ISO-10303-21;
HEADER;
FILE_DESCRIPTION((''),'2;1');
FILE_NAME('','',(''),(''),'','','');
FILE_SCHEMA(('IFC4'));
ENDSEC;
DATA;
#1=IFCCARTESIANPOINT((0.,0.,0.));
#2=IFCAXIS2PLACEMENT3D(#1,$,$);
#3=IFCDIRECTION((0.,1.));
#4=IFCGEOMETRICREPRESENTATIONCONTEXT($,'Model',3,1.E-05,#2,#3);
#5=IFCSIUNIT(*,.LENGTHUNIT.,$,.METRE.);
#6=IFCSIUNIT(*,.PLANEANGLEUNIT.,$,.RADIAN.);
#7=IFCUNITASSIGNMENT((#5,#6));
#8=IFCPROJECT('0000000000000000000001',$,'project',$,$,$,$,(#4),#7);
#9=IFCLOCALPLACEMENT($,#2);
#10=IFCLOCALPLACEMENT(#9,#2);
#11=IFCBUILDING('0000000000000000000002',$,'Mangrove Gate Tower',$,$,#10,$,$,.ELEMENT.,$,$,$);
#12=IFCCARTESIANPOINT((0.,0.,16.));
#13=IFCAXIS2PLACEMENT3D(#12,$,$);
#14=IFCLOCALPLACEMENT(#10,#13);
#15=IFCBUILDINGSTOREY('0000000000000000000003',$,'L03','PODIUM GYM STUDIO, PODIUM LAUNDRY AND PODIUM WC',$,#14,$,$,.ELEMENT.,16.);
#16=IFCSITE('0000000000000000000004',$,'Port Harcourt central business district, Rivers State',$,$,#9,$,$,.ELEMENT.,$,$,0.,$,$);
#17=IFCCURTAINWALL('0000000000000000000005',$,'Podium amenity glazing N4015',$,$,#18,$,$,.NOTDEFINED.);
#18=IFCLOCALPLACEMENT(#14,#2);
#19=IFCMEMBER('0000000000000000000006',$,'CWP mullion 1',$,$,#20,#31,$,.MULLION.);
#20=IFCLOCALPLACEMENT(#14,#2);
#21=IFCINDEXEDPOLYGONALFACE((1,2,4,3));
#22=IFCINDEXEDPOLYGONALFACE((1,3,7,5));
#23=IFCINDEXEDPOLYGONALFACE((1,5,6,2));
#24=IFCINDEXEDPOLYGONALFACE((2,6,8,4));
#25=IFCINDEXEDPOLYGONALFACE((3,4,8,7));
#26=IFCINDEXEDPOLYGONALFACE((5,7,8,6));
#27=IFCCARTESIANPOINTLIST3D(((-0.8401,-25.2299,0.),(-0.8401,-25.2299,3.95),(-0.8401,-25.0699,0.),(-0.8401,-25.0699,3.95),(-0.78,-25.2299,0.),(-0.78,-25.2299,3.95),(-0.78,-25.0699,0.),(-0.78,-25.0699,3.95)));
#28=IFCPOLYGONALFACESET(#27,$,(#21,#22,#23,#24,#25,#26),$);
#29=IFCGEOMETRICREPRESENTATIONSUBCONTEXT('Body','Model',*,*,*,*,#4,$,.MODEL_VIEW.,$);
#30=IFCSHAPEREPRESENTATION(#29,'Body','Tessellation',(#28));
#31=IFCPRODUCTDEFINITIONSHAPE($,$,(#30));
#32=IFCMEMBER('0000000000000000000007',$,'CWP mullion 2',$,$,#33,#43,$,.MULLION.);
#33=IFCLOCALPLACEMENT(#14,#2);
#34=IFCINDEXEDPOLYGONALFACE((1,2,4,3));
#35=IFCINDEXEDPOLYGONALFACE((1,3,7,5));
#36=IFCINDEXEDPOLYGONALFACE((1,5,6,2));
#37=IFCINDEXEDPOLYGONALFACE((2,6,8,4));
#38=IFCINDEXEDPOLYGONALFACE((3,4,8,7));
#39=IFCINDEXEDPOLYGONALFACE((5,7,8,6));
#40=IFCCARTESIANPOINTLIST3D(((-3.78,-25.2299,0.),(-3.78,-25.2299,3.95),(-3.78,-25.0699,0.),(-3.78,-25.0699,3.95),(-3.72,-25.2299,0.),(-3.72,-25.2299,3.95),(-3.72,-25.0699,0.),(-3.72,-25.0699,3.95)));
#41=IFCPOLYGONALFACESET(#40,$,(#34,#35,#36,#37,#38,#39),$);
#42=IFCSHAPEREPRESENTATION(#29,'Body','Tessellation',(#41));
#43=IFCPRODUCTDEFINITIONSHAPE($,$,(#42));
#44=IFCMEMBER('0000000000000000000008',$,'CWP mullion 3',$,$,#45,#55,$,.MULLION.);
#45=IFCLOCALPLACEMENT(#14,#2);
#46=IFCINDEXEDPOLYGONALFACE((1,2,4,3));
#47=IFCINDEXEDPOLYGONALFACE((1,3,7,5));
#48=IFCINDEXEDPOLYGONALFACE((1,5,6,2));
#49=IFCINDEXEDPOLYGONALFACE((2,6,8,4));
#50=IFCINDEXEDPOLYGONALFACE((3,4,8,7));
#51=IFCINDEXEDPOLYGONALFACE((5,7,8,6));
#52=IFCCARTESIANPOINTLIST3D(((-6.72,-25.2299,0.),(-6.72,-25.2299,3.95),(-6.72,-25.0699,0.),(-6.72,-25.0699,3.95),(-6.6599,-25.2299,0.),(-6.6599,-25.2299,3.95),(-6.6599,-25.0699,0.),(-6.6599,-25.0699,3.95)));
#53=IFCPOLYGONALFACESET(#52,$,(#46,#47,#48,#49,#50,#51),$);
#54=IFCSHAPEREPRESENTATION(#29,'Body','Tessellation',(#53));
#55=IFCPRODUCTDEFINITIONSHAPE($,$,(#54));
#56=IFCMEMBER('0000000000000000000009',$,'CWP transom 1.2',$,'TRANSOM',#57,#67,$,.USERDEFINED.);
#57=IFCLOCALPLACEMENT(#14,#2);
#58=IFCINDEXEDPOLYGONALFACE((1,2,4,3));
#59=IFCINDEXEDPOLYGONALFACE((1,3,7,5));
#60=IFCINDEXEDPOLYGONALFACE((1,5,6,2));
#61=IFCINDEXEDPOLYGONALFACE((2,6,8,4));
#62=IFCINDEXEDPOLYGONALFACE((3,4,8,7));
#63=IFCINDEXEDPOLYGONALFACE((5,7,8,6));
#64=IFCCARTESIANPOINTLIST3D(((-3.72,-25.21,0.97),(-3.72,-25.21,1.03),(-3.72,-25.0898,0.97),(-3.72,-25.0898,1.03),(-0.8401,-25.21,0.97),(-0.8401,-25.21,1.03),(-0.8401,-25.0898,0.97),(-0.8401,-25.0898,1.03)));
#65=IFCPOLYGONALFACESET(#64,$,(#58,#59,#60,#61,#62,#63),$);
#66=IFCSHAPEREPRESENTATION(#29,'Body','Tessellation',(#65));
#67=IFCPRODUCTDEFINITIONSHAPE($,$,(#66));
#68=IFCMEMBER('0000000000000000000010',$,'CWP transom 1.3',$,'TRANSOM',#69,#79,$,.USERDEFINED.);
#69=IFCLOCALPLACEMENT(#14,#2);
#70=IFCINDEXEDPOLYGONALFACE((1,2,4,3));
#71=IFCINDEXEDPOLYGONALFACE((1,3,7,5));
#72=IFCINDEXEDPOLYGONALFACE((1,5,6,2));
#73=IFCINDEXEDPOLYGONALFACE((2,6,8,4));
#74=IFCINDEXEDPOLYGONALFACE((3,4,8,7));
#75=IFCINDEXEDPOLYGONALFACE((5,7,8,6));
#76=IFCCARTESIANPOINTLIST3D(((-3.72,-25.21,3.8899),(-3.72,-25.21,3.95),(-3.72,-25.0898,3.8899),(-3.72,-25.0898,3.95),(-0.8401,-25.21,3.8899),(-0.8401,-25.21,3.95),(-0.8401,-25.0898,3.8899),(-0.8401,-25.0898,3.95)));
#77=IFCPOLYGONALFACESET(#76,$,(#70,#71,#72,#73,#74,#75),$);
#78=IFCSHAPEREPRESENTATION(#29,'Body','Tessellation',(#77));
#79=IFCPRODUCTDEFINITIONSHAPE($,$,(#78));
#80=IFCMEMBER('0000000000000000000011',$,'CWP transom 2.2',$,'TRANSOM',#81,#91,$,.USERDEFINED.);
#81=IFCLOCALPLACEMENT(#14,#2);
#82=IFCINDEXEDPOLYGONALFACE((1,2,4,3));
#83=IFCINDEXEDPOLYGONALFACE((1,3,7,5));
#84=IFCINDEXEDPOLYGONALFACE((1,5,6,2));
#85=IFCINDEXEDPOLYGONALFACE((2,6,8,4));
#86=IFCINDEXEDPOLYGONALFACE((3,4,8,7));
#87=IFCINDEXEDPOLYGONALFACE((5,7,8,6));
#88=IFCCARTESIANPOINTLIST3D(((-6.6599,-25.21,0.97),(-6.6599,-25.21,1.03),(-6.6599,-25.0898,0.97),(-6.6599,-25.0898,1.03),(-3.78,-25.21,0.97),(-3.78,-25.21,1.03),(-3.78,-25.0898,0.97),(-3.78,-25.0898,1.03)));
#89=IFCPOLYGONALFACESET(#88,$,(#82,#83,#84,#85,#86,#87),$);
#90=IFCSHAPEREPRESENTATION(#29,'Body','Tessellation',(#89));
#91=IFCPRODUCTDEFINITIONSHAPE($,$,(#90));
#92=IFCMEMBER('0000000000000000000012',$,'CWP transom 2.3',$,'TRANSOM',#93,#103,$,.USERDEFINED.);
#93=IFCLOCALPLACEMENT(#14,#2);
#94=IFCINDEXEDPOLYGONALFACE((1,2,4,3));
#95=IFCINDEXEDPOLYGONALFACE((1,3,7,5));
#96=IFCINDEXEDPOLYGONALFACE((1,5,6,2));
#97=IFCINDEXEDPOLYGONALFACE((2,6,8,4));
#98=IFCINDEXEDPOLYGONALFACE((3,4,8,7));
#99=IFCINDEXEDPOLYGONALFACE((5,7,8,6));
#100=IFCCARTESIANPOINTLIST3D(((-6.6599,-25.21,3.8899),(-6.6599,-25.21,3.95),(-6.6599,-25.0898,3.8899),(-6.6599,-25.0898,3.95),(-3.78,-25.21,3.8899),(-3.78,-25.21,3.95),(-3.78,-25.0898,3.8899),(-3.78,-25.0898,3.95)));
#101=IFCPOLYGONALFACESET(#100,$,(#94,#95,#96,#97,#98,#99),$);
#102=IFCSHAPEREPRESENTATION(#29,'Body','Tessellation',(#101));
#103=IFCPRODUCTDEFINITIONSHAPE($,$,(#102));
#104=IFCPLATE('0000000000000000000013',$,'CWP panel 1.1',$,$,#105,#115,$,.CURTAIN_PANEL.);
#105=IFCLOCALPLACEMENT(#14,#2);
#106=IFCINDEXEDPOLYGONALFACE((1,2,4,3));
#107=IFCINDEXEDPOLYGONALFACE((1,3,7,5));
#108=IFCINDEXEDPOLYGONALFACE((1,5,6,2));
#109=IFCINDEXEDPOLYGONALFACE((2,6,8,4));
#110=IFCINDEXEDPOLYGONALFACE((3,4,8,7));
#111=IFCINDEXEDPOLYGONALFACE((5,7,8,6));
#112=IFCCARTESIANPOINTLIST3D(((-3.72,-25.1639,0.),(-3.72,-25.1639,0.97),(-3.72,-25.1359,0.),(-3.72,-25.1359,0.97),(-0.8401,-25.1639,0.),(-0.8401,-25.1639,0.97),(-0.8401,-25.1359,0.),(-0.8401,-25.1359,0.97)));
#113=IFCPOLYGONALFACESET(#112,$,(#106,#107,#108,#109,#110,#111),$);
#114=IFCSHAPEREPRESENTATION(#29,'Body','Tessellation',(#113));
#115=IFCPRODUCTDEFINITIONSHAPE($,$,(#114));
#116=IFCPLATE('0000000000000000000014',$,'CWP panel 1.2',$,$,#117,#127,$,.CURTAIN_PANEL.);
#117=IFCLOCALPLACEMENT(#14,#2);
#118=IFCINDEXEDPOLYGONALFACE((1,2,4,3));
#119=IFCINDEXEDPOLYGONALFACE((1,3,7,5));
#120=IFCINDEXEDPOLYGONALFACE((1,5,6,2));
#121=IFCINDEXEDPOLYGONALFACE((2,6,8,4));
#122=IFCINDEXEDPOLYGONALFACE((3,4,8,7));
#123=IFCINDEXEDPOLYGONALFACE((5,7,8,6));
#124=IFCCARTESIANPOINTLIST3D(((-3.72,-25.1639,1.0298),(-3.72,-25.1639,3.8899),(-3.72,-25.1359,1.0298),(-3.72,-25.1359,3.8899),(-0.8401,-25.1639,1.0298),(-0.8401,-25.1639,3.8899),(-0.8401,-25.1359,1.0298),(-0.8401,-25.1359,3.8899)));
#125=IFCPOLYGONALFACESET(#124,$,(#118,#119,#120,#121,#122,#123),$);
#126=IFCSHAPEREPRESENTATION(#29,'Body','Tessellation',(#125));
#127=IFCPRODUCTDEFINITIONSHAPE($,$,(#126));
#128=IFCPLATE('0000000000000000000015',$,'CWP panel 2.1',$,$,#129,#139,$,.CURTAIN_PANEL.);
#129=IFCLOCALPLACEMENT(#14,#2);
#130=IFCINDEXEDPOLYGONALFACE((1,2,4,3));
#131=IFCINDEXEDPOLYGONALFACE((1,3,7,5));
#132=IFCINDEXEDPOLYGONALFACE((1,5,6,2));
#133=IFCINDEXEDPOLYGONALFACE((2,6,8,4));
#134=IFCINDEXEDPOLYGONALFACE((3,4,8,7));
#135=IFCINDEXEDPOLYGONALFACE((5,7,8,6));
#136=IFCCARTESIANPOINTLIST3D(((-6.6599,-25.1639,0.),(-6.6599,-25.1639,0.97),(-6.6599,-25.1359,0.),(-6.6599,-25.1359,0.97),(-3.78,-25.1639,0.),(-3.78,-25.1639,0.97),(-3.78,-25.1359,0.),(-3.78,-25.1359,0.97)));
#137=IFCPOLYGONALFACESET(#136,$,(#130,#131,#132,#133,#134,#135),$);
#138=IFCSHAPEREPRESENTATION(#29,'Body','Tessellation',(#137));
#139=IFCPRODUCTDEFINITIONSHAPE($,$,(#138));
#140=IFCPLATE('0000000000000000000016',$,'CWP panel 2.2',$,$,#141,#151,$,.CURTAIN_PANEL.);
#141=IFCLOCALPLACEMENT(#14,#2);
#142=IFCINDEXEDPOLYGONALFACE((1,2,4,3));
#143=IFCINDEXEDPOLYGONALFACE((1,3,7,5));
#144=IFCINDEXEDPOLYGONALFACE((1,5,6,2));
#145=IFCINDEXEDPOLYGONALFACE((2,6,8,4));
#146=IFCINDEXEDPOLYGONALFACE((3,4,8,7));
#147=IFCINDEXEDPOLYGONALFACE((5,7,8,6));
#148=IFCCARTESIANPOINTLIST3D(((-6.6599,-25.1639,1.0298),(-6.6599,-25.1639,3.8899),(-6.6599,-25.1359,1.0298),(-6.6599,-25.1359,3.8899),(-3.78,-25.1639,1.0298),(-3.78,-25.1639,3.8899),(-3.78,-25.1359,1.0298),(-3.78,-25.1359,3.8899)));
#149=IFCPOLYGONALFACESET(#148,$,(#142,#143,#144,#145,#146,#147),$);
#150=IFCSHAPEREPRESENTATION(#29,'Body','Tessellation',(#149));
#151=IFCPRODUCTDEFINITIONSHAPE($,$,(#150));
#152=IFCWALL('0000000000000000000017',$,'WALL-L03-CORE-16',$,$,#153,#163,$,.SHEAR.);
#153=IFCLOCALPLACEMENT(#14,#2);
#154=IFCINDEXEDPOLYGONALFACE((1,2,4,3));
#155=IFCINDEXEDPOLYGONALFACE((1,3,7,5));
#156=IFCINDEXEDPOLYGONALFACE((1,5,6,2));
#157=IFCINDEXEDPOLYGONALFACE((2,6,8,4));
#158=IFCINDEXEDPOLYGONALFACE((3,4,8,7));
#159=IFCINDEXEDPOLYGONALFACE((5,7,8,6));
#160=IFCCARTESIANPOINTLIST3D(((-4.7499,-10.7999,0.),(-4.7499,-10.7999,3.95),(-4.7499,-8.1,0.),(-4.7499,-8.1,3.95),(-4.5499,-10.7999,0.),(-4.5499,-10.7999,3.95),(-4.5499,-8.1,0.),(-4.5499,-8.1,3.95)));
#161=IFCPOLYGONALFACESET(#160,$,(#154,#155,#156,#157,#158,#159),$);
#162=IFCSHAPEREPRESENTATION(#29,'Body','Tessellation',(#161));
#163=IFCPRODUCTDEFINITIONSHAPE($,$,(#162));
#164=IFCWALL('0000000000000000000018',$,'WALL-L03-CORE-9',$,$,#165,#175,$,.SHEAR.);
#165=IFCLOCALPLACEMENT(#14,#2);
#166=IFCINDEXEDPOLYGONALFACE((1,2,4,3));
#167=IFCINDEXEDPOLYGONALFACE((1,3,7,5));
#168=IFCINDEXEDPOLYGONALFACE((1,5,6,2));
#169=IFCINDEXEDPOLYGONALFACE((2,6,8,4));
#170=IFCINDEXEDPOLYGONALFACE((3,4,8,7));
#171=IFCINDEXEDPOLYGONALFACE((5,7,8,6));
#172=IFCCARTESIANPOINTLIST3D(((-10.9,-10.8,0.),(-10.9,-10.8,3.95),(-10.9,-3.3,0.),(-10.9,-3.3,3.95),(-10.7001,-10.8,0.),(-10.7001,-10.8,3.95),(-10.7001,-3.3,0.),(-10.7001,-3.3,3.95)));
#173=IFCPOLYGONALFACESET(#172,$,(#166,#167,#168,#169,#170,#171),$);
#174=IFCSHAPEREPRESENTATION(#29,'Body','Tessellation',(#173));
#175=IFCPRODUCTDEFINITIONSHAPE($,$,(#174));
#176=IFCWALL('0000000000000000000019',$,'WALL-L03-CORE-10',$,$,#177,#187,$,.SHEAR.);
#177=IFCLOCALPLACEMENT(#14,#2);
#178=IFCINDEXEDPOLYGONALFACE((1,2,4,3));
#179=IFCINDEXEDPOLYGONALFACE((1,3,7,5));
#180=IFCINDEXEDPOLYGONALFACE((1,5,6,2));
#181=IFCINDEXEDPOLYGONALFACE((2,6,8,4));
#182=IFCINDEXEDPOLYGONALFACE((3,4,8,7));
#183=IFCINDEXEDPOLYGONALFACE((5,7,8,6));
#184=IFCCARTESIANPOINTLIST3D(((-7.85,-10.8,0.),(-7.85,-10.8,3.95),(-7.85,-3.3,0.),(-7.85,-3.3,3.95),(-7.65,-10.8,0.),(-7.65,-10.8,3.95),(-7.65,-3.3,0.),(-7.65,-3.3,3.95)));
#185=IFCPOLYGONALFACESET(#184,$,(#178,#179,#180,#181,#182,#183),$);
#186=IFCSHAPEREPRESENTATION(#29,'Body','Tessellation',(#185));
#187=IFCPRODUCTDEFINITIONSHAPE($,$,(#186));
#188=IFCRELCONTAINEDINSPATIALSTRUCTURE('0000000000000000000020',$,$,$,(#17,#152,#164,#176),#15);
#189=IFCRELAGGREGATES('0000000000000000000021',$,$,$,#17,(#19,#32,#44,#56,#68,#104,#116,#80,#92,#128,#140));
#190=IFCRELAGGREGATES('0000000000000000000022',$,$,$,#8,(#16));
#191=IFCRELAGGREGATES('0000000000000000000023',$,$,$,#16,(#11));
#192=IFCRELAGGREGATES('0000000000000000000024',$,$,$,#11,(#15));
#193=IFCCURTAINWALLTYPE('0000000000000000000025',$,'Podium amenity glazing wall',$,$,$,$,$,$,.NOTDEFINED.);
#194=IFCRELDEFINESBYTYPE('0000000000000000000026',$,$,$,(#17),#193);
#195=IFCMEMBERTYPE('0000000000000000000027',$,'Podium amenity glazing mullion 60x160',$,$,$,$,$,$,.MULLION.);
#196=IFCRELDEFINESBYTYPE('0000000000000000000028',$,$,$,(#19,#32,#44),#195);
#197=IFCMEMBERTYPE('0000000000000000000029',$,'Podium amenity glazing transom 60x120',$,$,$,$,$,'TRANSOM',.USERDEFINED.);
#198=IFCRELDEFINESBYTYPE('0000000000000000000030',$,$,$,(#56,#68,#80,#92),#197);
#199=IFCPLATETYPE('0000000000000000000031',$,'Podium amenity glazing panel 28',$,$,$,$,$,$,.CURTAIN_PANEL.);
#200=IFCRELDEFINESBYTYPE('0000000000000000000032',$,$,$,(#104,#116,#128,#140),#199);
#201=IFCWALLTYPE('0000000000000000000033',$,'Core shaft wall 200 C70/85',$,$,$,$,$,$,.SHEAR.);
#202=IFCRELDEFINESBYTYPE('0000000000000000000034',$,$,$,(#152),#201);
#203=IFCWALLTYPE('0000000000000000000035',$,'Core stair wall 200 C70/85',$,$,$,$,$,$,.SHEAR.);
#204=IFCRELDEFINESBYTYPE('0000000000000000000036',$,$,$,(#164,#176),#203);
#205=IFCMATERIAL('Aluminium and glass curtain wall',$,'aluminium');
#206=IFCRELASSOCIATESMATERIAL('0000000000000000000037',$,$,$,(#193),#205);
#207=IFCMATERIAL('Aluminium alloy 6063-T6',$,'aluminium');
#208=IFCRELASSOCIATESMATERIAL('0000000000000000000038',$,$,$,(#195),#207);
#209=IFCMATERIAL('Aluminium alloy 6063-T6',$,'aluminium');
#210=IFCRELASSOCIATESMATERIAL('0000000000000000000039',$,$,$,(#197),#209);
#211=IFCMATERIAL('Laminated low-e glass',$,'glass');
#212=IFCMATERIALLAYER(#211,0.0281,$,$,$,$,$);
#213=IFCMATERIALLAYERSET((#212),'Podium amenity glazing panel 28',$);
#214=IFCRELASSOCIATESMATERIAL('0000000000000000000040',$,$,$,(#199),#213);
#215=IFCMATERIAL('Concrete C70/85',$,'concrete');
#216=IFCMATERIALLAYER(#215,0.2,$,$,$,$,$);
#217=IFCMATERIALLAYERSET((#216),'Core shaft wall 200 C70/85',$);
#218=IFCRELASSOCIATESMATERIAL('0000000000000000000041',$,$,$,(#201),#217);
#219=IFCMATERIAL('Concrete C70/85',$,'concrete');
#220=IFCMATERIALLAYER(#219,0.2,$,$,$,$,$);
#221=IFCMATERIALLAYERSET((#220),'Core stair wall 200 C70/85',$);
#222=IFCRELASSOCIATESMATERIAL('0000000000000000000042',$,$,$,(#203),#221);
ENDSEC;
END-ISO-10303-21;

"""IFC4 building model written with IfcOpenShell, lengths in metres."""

from ifc_helpers import new_model, si_unit, direction, frame, frame_2d, origin, origin_2d, place, context, subcontext, project, spatial, rectangle, extrude, material, layer, layer_set, material_profile, profile_set, type_object, element, aggregate, save


model = new_model("IFC4")

# Units and contexts
model_context = context("Model", 3, precision=1e-05, world=origin(), true_north=direction((0.0, 1.0)))
body_context = subcontext(model_context, "Body", "Model", "MODEL_VIEW")
ifc_project = project(units=[si_unit("LENGTHUNIT", "METRE"), si_unit("PLANEANGLEUNIT", "RADIAN")], contexts=[model_context])

# Site, building, storey
site_placement = place(None, origin())
site = spatial("IfcSite", under=ifc_project, at=site_placement, Name="Port Harcourt central business district, Rivers State", CompositionType="ELEMENT", RefElevation=0.0)
building_placement = place(site_placement, origin())
building = spatial("IfcBuilding", under=site, at=building_placement, Name="Mangrove Gate Tower", CompositionType="ELEMENT")
storey_placement = place(building_placement, frame((0.0, 0.0, 16.0)))
storey = spatial("IfcBuildingStorey", under=building, at=storey_placement, Name="L03", Description="PODIUM GYM STUDIO, PODIUM LAUNDRY AND PODIUM WC", CompositionType="ELEMENT", Elevation=16.0)

# Curtain wall, members, plates
ifc_material_1 = material(Name="Aluminium and glass curtain wall", Category="aluminium")
curtain_wall_type = type_object("IfcCurtainWallType", Name="Podium amenity glazing wall", PredefinedType="NOTDEFINED", material=ifc_material_1)
curtain_wall_placement = place(storey_placement, origin())
curtain_wall = element("IfcCurtainWall", 1, at=curtain_wall_placement, inside=storey, type_object=curtain_wall_type, Name="Podium amenity glazing N4015", PredefinedType="NOTDEFINED")
ifc_material_2 = material(Name="Aluminium alloy 6063-T6", Category="aluminium")
ifc_material_profile_1 = material_profile(ifc_material_2, rectangle(XDim=0.0601, YDim=0.1599, at=origin_2d()))
ifc_profile_set_1 = profile_set([ifc_material_profile_1], Name="Aluminium alloy 6063-T6")
member_type_1 = type_object("IfcMemberType", Name="Podium amenity glazing mullion 60x160", PredefinedType="MULLION", material=ifc_profile_set_1)
member_1_placement = place(storey_placement, frame((-0.8101, -25.1499, 0.0), z_axis=(0.0, 0.0, 1.0), x_axis=(-1.0, 0.0, 0.0)))
member_1 = element("IfcMember", 2, at=member_1_placement, type_object=member_type_1, Name="CWP mullion 1", PredefinedType="MULLION", context=body_context, shape_type="SweptSolid", body=[
    extrude(rectangle(XDim=0.0601, YDim=0.1599, at=origin_2d()), origin(), (0.0, 0.0, 1.0), 3.95),
])
member_2_placement = place(storey_placement, frame((-3.75, -25.1499, 0.0), z_axis=(0.0, 0.0, 1.0), x_axis=(-1.0, 0.0, 0.0)))
member_2 = element("IfcMember", 3, at=member_2_placement, type_object=member_type_1, Name="CWP mullion 2", PredefinedType="MULLION", context=body_context, shape_type="SweptSolid", body=[
    extrude(rectangle(XDim=0.0601, YDim=0.1599, at=origin_2d()), origin(), (0.0, 0.0, 1.0), 3.95),
])
member_3_placement = place(storey_placement, frame((-6.6899, -25.1499, 0.0), z_axis=(0.0, 0.0, 1.0), x_axis=(-1.0, 0.0, 0.0)))
member_3 = element("IfcMember", 4, at=member_3_placement, type_object=member_type_1, Name="CWP mullion 3", PredefinedType="MULLION", context=body_context, shape_type="SweptSolid", body=[
    extrude(rectangle(XDim=0.0601, YDim=0.1599, at=origin_2d()), origin(), (0.0, 0.0, 1.0), 3.95),
])
ifc_material_3 = material(Name="Aluminium alloy 6063-T6", Category="aluminium")
ifc_material_profile_2 = material_profile(ifc_material_3, rectangle(XDim=0.0601, YDim=0.1201, at=origin_2d()))
ifc_profile_set_2 = profile_set([ifc_material_profile_2], Name="Aluminium alloy 6063-T6")
member_type_2 = type_object("IfcMemberType", Name="Podium amenity glazing transom 60x120", ElementType="TRANSOM", PredefinedType="USERDEFINED", material=ifc_profile_set_2)
member_4_placement = place(storey_placement, frame((-0.8401, -25.1499, 1.0), z_axis=(-1.0, 0.0, 0.0), x_axis=(0.0, 0.0, 1.0)))
member_4 = element("IfcMember", 5, at=member_4_placement, type_object=member_type_2, Name="CWP transom 1.2", ObjectType="TRANSOM", PredefinedType="USERDEFINED", context=body_context, shape_type="SweptSolid", body=[
    extrude(rectangle(XDim=0.0601, YDim=0.1201, at=origin_2d()), origin(), (0.0, 0.0, 1.0), 2.8799),
])
member_5_placement = place(storey_placement, frame((-0.8401, -25.1499, 3.9199), z_axis=(-1.0, 0.0, 0.0), x_axis=(0.0, 0.0, 1.0)))
member_5 = element("IfcMember", 6, at=member_5_placement, type_object=member_type_2, Name="CWP transom 1.3", ObjectType="TRANSOM", PredefinedType="USERDEFINED", context=body_context, shape_type="SweptSolid", body=[
    extrude(rectangle(XDim=0.0601, YDim=0.1201, at=origin_2d()), origin(), (0.0, 0.0, 1.0), 2.8799),
])
member_6_placement = place(storey_placement, frame((-3.78, -25.1499, 1.0), z_axis=(-1.0, 0.0, 0.0), x_axis=(0.0, 0.0, 1.0)))
member_6 = element("IfcMember", 7, at=member_6_placement, type_object=member_type_2, Name="CWP transom 2.2", ObjectType="TRANSOM", PredefinedType="USERDEFINED", context=body_context, shape_type="SweptSolid", body=[
    extrude(rectangle(XDim=0.0601, YDim=0.1201, at=origin_2d()), origin(), (0.0, 0.0, 1.0), 2.8799),
])
member_7_placement = place(storey_placement, frame((-3.78, -25.1499, 3.9199), z_axis=(-1.0, 0.0, 0.0), x_axis=(0.0, 0.0, 1.0)))
member_7 = element("IfcMember", 8, at=member_7_placement, type_object=member_type_2, Name="CWP transom 2.3", ObjectType="TRANSOM", PredefinedType="USERDEFINED", context=body_context, shape_type="SweptSolid", body=[
    extrude(rectangle(XDim=0.0601, YDim=0.1201, at=origin_2d()), origin(), (0.0, 0.0, 1.0), 2.8799),
])
ifc_material_4 = material(Name="Laminated low-e glass", Category="glass")
ifc_layer_1 = layer(ifc_material_4, 0.0281)
ifc_layer_set_1 = layer_set([ifc_layer_1], Name="Podium amenity glazing panel 28")
plate_type = type_object("IfcPlateType", Name="Podium amenity glazing panel 28", PredefinedType="CURTAIN_PANEL", material=ifc_layer_set_1)
plate_1_placement = place(storey_placement, frame((-2.28, -25.1499, 0.0), z_axis=(0.0, 0.0, 1.0), x_axis=(-1.0, 0.0, 0.0)))
plate_1 = element("IfcPlate", 9, at=plate_1_placement, type_object=plate_type, Name="CWP panel 1.1", PredefinedType="CURTAIN_PANEL", context=body_context, shape_type="SweptSolid", body=[
    extrude(rectangle(XDim=2.8799, YDim=0.0281, at=origin_2d()), origin(), (0.0, 0.0, 1.0), 0.97),
])
plate_2_placement = place(storey_placement, frame((-2.28, -25.1499, 1.0298), z_axis=(0.0, 0.0, 1.0), x_axis=(-1.0, 0.0, 0.0)))
plate_2 = element("IfcPlate", 10, at=plate_2_placement, type_object=plate_type, Name="CWP panel 1.2", PredefinedType="CURTAIN_PANEL", context=body_context, shape_type="SweptSolid", body=[
    extrude(rectangle(XDim=2.8799, YDim=0.0281, at=origin_2d()), origin(), (0.0, 0.0, 1.0), 2.8601),
])
plate_3_placement = place(storey_placement, frame((-5.22, -25.1499, 0.0), z_axis=(0.0, 0.0, 1.0), x_axis=(-1.0, 0.0, 0.0)))
plate_3 = element("IfcPlate", 11, at=plate_3_placement, type_object=plate_type, Name="CWP panel 2.1", PredefinedType="CURTAIN_PANEL", context=body_context, shape_type="SweptSolid", body=[
    extrude(rectangle(XDim=2.8799, YDim=0.0281, at=origin_2d()), origin(), (0.0, 0.0, 1.0), 0.97),
])
plate_4_placement = place(storey_placement, frame((-5.22, -25.1499, 1.0298), z_axis=(0.0, 0.0, 1.0), x_axis=(-1.0, 0.0, 0.0)))
plate_4 = element("IfcPlate", 12, at=plate_4_placement, type_object=plate_type, Name="CWP panel 2.2", PredefinedType="CURTAIN_PANEL", context=body_context, shape_type="SweptSolid", body=[
    extrude(rectangle(XDim=2.8799, YDim=0.0281, at=origin_2d()), origin(), (0.0, 0.0, 1.0), 2.8601),
])
aggregate(curtain_wall, [member_1, member_2, member_3, member_4, member_5, plate_1, plate_2, member_6, member_7, plate_3, plate_4])

# Walls
ifc_material_5 = material(Name="Concrete C70/85", Category="concrete")
ifc_layer_2 = layer(ifc_material_5, 0.2)
ifc_layer_set_2 = layer_set([ifc_layer_2], Name="Core shaft wall 200 C70/85")
wall_type_1 = type_object("IfcWallType", Name="Core shaft wall 200 C70/85", PredefinedType="SHEAR", material=ifc_layer_set_2)
wall_1_placement = place(storey_placement, frame((-4.6499, -10.8, 0.0), z_axis=(0.0, 0.0, 1.0), x_axis=(0.0, 1.0, 0.0)))
element("IfcWall", 13, at=wall_1_placement, inside=storey, type_object=wall_type_1, Name="WALL-L03-CORE-16", PredefinedType="SHEAR", context=body_context, shape_type="SweptSolid", body=[
    extrude(rectangle(XDim=2.7, YDim=0.2, at=frame_2d((1.3501, 0.0))), origin(), (0.0, 0.0, 1.0), 3.95),
])
ifc_material_6 = material(Name="Concrete C70/85", Category="concrete")
ifc_layer_3 = layer(ifc_material_6, 0.2)
ifc_layer_set_3 = layer_set([ifc_layer_3], Name="Core stair wall 200 C70/85")
wall_type_2 = type_object("IfcWallType", Name="Core stair wall 200 C70/85", PredefinedType="SHEAR", material=ifc_layer_set_3)
for number, where, z_axis, x_axis, name in (
    (14, (-10.8, -10.8, 0.0), (0.0, 0.0, 1.0), (0.0, 1.0, 0.0), "WALL-L03-CORE-9"),
    (15, (-7.75, -10.8, 0.0), (0.0, 0.0, 1.0), (0.0, 1.0, 0.0), "WALL-L03-CORE-10"),
):
    element("IfcWall", number, at=place(storey_placement, frame(where, z_axis=z_axis, x_axis=x_axis)), inside=storey, type_object=wall_type_2, Name=name, PredefinedType="SHEAR", context=body_context, shape_type="SweptSolid", body=[
        extrude(rectangle(XDim=7.5, YDim=0.2, at=frame_2d((3.75, 0.0))), origin(), (0.0, 0.0, 1.0), 3.95),
    ])

save(model, "model.ifc")
